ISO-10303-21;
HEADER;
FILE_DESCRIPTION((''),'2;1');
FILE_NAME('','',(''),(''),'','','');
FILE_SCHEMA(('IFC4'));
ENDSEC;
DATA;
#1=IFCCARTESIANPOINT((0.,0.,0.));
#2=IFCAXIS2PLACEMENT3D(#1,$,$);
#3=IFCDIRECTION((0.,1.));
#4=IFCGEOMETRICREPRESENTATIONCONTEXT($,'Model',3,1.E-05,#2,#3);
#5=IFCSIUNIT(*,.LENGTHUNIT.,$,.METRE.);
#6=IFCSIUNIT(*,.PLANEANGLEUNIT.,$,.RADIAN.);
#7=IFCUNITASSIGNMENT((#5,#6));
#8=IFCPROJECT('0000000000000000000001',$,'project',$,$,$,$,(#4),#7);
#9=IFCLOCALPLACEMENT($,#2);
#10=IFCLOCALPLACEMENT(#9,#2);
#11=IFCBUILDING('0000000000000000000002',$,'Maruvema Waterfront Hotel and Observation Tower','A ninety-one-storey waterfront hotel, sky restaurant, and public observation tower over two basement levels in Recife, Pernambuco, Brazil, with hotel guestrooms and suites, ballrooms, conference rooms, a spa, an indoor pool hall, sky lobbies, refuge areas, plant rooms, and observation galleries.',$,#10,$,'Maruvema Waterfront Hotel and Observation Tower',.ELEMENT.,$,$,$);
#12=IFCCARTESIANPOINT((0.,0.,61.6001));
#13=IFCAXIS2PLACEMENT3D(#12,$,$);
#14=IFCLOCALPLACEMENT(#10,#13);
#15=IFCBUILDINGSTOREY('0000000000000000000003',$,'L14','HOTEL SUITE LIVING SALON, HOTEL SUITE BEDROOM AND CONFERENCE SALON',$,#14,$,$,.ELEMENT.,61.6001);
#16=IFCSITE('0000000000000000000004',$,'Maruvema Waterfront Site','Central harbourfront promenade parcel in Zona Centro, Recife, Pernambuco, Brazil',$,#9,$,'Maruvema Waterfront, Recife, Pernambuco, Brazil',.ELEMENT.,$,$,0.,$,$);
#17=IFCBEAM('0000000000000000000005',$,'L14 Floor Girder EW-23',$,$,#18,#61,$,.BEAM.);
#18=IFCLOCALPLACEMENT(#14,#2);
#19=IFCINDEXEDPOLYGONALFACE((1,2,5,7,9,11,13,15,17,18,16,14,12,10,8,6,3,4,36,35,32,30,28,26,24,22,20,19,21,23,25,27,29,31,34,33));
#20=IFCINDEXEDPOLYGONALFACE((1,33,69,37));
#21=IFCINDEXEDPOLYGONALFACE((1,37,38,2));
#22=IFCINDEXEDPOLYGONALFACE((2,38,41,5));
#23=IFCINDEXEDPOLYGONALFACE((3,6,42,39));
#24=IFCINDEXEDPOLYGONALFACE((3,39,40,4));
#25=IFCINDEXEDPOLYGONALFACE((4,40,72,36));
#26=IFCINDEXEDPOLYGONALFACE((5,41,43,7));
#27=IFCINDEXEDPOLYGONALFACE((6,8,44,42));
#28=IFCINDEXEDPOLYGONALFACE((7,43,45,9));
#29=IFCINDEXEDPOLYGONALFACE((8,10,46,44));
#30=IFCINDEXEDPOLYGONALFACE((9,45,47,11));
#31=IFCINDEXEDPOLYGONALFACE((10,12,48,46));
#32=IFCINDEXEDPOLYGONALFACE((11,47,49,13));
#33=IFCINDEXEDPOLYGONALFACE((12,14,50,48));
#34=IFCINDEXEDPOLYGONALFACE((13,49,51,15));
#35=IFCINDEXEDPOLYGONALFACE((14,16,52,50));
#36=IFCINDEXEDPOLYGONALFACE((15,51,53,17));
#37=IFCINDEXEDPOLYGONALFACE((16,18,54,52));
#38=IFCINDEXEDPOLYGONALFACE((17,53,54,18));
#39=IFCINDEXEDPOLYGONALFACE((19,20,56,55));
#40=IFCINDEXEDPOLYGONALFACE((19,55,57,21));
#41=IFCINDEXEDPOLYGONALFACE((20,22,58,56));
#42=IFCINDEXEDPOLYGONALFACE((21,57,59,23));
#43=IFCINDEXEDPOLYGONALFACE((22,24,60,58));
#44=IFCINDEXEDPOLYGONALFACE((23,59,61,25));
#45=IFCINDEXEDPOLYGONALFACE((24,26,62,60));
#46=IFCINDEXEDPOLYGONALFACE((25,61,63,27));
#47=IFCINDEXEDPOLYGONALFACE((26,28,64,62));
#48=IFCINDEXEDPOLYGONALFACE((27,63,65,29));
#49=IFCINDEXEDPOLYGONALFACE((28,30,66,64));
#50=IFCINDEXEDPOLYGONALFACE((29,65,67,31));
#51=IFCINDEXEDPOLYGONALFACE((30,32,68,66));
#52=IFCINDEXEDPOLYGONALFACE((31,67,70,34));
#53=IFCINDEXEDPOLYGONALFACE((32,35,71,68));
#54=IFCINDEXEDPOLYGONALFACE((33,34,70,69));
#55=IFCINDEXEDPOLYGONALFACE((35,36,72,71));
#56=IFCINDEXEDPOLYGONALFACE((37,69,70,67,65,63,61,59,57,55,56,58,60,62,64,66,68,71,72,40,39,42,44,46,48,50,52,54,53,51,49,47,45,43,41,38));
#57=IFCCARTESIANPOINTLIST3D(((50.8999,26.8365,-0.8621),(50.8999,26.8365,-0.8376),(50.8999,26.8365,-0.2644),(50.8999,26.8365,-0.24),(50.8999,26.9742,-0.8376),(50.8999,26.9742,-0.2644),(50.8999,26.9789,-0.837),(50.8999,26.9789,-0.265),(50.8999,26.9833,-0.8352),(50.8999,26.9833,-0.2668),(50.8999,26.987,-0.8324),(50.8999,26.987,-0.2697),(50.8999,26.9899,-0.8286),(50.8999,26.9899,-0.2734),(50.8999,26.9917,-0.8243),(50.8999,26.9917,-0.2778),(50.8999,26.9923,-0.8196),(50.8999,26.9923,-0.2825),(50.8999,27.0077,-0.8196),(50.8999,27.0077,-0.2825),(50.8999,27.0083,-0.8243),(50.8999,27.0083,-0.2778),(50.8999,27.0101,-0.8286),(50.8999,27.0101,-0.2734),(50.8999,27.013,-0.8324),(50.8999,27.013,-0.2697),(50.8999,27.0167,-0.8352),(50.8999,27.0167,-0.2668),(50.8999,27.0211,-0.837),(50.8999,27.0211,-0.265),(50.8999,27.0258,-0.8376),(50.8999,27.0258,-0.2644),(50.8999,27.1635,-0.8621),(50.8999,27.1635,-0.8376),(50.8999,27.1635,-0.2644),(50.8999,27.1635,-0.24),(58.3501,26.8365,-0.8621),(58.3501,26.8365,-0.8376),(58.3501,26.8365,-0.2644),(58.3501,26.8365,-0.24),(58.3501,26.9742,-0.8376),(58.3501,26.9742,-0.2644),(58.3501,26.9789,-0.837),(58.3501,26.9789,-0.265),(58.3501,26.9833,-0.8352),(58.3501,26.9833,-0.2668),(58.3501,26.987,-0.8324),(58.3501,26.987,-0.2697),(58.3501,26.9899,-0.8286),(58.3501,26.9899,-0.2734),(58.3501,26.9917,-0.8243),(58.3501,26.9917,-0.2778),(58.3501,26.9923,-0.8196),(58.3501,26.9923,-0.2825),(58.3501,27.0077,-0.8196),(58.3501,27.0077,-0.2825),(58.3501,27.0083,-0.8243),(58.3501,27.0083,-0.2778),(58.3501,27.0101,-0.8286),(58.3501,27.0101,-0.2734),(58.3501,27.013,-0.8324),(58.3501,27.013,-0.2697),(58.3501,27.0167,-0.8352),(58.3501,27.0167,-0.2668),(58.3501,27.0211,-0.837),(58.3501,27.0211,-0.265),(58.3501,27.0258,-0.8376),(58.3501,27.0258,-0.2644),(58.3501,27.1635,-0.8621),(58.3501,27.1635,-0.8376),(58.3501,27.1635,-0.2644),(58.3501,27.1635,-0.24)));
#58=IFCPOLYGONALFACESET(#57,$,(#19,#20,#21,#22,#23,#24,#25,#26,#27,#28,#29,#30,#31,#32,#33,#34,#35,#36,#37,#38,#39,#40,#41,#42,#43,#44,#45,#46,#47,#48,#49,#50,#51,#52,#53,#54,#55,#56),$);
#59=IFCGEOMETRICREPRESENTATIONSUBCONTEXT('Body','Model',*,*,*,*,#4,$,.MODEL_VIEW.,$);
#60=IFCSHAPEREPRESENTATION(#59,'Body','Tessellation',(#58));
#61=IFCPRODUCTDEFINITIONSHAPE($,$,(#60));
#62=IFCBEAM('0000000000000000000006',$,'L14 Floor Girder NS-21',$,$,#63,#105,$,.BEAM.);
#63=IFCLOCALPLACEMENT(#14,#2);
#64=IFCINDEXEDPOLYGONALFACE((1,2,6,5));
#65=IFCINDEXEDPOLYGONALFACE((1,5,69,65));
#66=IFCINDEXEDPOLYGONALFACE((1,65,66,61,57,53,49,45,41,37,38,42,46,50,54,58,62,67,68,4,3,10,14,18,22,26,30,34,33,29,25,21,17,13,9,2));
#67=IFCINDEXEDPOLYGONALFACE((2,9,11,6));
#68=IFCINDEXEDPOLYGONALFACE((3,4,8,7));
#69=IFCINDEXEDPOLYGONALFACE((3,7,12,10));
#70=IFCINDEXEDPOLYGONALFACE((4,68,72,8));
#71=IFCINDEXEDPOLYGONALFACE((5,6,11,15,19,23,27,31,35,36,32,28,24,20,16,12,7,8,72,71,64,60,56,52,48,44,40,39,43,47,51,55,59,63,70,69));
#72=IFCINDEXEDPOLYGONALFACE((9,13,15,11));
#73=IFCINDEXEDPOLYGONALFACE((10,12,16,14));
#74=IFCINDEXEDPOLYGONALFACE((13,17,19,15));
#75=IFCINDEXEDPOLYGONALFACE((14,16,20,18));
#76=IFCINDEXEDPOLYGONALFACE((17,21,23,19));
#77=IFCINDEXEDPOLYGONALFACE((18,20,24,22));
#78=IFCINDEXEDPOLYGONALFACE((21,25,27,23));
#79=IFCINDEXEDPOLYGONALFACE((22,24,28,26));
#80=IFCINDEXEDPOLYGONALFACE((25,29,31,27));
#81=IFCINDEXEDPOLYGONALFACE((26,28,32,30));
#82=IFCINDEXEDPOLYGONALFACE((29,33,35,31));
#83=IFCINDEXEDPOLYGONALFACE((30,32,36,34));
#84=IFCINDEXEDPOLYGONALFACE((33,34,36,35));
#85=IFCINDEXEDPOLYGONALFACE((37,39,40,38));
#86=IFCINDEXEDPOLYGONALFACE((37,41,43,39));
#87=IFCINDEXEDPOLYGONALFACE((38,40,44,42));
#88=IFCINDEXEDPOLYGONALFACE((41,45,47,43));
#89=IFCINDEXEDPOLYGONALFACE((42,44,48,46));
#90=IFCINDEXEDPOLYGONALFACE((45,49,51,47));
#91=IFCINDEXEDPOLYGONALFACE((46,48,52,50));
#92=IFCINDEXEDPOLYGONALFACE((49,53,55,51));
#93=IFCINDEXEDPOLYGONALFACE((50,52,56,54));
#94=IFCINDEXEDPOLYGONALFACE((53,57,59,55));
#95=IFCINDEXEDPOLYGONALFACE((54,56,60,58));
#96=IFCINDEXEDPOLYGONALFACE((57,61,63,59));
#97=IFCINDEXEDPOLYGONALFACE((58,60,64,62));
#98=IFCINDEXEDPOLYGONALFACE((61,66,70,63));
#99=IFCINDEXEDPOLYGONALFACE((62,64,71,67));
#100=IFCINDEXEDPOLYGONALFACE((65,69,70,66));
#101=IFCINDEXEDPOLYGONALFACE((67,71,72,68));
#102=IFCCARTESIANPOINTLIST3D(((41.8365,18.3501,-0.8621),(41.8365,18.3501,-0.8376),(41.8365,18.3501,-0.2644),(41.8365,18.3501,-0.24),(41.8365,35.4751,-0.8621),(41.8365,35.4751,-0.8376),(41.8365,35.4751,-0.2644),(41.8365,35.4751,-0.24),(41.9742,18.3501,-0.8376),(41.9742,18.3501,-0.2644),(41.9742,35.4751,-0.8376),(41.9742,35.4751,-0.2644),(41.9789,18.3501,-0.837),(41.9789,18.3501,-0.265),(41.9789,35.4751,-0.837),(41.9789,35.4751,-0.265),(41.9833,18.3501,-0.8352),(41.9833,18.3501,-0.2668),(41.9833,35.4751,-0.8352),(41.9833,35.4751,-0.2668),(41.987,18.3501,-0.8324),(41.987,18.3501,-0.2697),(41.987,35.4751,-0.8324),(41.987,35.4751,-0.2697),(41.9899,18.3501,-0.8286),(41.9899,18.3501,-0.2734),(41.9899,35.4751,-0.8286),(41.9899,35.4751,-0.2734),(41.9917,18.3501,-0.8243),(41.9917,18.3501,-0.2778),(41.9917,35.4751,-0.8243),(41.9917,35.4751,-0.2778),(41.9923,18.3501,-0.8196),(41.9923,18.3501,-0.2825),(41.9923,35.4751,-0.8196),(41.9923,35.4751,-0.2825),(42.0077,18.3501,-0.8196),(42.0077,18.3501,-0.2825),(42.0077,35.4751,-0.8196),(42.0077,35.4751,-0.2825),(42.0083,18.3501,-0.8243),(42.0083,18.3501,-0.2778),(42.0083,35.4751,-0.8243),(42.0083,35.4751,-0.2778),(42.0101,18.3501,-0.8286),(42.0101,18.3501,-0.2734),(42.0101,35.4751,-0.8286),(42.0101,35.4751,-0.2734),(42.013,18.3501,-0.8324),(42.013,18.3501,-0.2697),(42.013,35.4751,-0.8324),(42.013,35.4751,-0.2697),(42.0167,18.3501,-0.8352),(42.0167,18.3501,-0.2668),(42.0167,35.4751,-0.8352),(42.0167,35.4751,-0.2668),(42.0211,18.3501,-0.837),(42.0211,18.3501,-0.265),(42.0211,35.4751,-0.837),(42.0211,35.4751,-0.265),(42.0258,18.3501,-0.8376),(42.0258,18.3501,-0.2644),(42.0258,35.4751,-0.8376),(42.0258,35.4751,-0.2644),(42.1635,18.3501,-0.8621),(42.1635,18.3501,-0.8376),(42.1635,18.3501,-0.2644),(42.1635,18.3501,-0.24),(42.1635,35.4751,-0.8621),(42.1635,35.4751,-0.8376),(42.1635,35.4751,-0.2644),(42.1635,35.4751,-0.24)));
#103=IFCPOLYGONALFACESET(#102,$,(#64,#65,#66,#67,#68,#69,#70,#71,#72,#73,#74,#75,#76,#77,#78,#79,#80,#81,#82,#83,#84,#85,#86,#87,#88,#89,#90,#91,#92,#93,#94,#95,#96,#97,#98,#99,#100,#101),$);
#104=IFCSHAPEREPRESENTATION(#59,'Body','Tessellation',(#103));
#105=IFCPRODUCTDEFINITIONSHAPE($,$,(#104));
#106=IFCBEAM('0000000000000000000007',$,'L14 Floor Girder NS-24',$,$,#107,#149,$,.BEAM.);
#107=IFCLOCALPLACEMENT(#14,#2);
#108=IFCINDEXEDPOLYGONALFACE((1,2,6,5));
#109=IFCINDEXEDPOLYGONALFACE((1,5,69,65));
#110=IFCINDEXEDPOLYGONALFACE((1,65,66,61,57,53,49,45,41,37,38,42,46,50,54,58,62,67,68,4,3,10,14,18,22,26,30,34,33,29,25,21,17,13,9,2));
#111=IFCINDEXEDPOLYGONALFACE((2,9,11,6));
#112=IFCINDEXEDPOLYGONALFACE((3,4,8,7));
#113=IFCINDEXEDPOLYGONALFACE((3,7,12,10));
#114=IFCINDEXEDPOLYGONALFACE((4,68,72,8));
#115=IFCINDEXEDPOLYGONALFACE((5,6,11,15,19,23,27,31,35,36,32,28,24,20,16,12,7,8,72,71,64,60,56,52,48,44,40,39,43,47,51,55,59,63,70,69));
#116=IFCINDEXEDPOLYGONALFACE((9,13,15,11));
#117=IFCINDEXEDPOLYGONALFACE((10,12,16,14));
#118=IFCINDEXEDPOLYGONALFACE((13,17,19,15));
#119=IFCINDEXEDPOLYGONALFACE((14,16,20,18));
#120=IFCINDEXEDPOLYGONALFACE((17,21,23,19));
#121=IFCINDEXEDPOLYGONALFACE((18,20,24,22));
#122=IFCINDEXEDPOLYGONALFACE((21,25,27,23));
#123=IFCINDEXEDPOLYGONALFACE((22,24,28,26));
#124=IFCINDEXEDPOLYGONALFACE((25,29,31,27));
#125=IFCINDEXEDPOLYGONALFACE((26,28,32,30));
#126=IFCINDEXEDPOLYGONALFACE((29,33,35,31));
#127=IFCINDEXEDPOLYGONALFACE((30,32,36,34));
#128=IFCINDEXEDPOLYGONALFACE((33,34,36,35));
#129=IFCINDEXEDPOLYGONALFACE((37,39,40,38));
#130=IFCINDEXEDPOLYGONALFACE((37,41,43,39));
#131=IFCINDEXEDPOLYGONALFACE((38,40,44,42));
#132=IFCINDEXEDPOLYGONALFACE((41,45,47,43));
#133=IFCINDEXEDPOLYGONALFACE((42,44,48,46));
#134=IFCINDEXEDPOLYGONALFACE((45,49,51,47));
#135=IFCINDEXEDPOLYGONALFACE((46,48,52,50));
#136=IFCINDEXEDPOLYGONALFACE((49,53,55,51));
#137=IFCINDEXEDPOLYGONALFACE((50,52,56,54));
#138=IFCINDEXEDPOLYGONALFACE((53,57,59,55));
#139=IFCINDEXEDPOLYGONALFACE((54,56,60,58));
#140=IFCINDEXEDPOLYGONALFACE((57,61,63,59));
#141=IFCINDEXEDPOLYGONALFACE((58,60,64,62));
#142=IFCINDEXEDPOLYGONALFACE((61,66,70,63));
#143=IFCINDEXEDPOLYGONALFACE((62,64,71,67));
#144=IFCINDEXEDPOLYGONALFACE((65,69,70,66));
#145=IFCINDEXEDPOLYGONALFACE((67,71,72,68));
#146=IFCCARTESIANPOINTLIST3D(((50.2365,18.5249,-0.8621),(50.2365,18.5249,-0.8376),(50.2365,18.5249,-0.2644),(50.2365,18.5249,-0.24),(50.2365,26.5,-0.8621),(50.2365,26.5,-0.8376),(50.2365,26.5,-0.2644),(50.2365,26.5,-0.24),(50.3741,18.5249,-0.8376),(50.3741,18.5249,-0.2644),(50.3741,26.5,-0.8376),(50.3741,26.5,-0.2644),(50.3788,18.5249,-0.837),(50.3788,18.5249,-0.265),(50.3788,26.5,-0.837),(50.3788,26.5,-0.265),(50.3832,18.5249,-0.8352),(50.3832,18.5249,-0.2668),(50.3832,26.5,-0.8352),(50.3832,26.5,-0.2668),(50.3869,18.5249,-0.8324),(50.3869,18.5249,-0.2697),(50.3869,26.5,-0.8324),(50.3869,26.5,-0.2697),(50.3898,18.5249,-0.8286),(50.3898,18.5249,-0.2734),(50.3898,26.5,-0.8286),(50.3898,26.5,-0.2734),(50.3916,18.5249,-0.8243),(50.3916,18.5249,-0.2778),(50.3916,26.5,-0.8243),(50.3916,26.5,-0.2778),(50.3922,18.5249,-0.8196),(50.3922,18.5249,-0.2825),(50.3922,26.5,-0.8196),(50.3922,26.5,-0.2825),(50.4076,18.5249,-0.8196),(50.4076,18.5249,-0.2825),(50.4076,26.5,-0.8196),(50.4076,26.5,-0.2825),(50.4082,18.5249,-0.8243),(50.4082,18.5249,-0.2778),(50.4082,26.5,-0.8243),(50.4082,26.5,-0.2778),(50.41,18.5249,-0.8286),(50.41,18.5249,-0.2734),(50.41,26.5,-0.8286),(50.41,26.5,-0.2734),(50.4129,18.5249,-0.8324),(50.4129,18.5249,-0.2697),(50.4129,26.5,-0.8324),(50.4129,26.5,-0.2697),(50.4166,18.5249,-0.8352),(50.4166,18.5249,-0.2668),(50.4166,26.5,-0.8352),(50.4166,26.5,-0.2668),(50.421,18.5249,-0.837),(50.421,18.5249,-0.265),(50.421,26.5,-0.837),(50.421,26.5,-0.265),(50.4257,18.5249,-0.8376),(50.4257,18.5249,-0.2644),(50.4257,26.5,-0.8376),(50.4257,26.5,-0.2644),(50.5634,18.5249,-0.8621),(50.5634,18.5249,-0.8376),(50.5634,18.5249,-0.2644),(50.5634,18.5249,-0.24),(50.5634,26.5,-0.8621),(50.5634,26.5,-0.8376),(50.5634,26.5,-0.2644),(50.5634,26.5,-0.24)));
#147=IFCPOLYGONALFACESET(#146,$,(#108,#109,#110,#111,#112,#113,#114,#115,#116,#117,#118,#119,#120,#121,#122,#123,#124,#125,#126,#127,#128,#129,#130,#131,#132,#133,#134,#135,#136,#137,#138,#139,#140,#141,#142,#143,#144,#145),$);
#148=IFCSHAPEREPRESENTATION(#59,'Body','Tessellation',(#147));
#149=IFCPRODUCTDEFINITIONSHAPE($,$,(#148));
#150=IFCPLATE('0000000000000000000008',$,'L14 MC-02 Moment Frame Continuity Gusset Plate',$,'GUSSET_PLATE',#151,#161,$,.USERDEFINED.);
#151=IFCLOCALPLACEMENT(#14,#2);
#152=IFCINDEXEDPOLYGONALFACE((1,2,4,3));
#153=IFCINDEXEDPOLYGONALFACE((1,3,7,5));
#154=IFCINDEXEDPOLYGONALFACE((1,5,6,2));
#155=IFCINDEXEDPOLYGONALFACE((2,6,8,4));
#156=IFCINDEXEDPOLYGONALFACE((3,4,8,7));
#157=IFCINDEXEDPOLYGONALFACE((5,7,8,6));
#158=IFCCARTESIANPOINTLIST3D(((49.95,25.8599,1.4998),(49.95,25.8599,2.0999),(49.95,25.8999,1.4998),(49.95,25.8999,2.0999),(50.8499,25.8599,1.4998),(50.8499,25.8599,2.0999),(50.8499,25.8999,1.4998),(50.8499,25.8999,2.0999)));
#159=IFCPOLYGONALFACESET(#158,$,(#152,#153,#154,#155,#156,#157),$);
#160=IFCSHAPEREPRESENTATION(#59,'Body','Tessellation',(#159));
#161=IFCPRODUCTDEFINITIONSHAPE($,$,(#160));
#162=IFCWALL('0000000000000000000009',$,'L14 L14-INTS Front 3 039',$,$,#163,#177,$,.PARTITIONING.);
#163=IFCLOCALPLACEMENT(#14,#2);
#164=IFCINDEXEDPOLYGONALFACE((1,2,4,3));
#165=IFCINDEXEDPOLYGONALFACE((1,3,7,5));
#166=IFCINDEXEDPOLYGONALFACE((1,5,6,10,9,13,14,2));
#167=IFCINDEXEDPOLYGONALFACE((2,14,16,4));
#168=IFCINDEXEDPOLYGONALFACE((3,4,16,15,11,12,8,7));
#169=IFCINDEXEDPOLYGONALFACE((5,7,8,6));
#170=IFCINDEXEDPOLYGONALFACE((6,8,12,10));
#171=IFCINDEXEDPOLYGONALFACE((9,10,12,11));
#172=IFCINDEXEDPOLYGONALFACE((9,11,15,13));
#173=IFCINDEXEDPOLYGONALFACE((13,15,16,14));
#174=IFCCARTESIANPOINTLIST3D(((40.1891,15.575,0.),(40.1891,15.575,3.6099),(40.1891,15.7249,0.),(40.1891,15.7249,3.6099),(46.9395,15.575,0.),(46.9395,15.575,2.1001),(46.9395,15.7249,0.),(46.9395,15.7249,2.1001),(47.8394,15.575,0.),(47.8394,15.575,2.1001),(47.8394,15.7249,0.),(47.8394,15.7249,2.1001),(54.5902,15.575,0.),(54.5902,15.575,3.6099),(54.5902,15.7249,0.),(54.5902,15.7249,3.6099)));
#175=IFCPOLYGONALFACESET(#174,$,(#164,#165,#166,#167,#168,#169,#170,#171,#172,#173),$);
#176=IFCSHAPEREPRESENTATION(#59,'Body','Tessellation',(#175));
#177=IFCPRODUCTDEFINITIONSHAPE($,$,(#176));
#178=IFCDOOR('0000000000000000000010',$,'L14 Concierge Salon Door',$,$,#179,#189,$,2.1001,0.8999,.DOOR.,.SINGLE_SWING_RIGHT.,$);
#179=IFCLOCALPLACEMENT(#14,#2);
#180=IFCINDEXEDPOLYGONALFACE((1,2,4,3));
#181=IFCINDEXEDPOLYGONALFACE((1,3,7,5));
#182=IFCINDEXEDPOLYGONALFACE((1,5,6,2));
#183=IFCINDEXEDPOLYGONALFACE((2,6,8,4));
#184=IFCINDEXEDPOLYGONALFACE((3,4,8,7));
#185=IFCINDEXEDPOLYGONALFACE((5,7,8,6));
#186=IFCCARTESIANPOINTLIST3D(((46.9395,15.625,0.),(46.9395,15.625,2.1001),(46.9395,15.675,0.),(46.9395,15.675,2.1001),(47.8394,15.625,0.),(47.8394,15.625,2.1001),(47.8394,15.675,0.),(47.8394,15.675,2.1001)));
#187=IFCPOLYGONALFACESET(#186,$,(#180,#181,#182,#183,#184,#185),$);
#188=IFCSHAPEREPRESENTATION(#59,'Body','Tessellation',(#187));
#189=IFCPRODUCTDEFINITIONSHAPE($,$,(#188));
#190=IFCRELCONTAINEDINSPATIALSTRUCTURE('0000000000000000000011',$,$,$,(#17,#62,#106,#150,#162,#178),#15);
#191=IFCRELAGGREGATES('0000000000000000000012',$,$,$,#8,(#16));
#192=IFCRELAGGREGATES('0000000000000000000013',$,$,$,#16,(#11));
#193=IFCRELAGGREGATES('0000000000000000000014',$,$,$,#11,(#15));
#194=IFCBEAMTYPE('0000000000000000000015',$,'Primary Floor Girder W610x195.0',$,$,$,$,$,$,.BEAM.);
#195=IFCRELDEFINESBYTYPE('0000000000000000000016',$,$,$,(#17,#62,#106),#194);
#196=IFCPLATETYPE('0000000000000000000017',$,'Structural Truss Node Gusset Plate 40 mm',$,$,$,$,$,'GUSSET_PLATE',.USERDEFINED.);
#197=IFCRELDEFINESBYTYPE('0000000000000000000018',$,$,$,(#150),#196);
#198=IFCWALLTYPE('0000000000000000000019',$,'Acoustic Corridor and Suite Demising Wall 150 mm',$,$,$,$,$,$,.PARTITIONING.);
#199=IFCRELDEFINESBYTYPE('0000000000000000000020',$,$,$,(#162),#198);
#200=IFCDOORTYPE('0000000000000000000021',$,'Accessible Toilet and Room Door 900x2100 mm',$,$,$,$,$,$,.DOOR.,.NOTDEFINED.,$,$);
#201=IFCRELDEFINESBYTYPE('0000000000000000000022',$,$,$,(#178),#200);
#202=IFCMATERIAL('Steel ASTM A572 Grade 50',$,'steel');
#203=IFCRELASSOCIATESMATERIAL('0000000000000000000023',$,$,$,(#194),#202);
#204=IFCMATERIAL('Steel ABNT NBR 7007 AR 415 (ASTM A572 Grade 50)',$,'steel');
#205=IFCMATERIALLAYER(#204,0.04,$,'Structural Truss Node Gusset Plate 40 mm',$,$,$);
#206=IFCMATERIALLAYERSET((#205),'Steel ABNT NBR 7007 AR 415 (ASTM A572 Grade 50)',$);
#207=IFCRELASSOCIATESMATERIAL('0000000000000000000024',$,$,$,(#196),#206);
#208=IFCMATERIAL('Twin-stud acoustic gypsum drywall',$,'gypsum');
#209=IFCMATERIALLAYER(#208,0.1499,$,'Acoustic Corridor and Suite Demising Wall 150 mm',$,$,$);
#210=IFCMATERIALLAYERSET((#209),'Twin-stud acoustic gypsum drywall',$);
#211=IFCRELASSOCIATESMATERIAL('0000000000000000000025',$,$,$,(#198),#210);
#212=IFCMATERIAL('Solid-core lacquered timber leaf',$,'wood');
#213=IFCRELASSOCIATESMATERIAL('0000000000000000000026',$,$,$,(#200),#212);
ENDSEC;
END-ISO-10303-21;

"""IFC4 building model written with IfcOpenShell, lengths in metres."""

from ifc_helpers import new_model, si_unit, direction, frame, frame_2d, origin, origin_2d, place, context, subcontext, project, spatial, rectangle, i_section, extrude, material, layer, layer_set, material_profile, profile_set, type_object, element, fill, save


model = new_model("IFC4")

# Units and contexts
model_context = context("Model", 3, precision=1e-05, world=origin(), true_north=direction((0.0, 1.0)))
body_context = subcontext(model_context, "Body", "Model", "MODEL_VIEW")
ifc_project = project(units=[si_unit("LENGTHUNIT", "METRE"), si_unit("PLANEANGLEUNIT", "RADIAN")], contexts=[model_context])

# Site, building, storey
site_placement = place(None, origin())
site = spatial("IfcSite", under=ifc_project, at=site_placement, Name="Maruvema Waterfront Site", Description="Central harbourfront promenade parcel in Zona Centro, Recife, Pernambuco, Brazil", LongName="Maruvema Waterfront, Recife, Pernambuco, Brazil", CompositionType="ELEMENT", RefElevation=0.0)
building_placement = place(site_placement, origin())
building = spatial("IfcBuilding", under=site, at=building_placement, Name="Maruvema Waterfront Hotel and Observation Tower", Description="A ninety-one-storey waterfront hotel, sky restaurant, and public observation tower over two basement levels in Recife, Pernambuco, Brazil, with hotel guestrooms and suites, ballrooms, conference rooms, a spa, an indoor pool hall, sky lobbies, refuge areas, plant rooms, and observation galleries.", LongName="Maruvema Waterfront Hotel and Observation Tower", CompositionType="ELEMENT")
storey_placement = place(building_placement, frame((0.0, 0.0, 61.6001)))
storey = spatial("IfcBuildingStorey", under=building, at=storey_placement, Name="L14", Description="HOTEL SUITE LIVING SALON, HOTEL SUITE BEDROOM AND CONFERENCE SALON", CompositionType="ELEMENT", Elevation=61.6001)

# Beams
ifc_material_1 = material(Name="Steel ASTM A572 Grade 50", Category="steel")
ifc_material_profile_1 = material_profile(ifc_material_1, i_section(OverallWidth=0.3269, OverallDepth=0.6221, WebThickness=0.0154, FlangeThickness=0.0244, FilletRadius=0.0181, at=origin_2d()), Name="W610x195.0")
ifc_profile_set_1 = profile_set([ifc_material_profile_1], Name="Steel ASTM A572 Grade 50")
beam_type = type_object("IfcBeamType", Name="Primary Floor Girder W610x195.0", PredefinedType="BEAM", material=ifc_profile_set_1)
beam_1_placement = place(storey_placement, frame((50.8999, 27.0, -0.551), z_axis=(1.0, 0.0, 0.0), x_axis=(0.0, 1.0, 0.0)))
element("IfcBeam", 1, at=beam_1_placement, inside=storey, type_object=beam_type, Name="L14 Floor Girder EW-23", PredefinedType="BEAM", context=body_context, shape_type="SweptSolid", body=[
    extrude(i_section(OverallWidth=0.3269, OverallDepth=0.6221, WebThickness=0.0154, FlangeThickness=0.0244, FilletRadius=0.0181, at=origin_2d()), origin(), (0.0, 0.0, 1.0), 7.4502),
])
beam_2_placement = place(storey_placement, frame((42.0, 18.3501, -0.551), z_axis=(0.0, 1.0, 0.0), x_axis=(-1.0, 0.0, 0.0)))
element("IfcBeam", 2, at=beam_2_placement, inside=storey, type_object=beam_type, Name="L14 Floor Girder NS-21", PredefinedType="BEAM", context=body_context, shape_type="SweptSolid", body=[
    extrude(i_section(OverallWidth=0.3269, OverallDepth=0.6221, WebThickness=0.0154, FlangeThickness=0.0244, FilletRadius=0.0181, at=origin_2d()), origin(), (0.0, 0.0, 1.0), 17.125),
])
beam_3_placement = place(storey_placement, frame((50.3999, 18.5249, -0.551), z_axis=(0.0, 1.0, 0.0), x_axis=(-1.0, 0.0, 0.0)))
element("IfcBeam", 3, at=beam_3_placement, inside=storey, type_object=beam_type, Name="L14 Floor Girder NS-24", PredefinedType="BEAM", context=body_context, shape_type="SweptSolid", body=[
    extrude(i_section(OverallWidth=0.3269, OverallDepth=0.6221, WebThickness=0.0154, FlangeThickness=0.0244, FilletRadius=0.0181, at=origin_2d()), origin(), (0.0, 0.0, 1.0), 7.9751),
])

# Plate
ifc_material_2 = material(Name="Steel ABNT NBR 7007 AR 415 (ASTM A572 Grade 50)", Category="steel")
ifc_layer_1 = layer(ifc_material_2, 0.04, Name="Structural Truss Node Gusset Plate 40 mm")
ifc_layer_set_1 = layer_set([ifc_layer_1], Name="Steel ABNT NBR 7007 AR 415 (ASTM A572 Grade 50)")
plate_type = type_object("IfcPlateType", Name="Structural Truss Node Gusset Plate 40 mm", ElementType="GUSSET_PLATE", PredefinedType="USERDEFINED", material=ifc_layer_set_1)
plate_placement = place(storey_placement, frame((50.3999, 25.8799, 1.4998), z_axis=(0.0, 0.0, 1.0), x_axis=(1.0, 0.0, 0.0)))
element("IfcPlate", 4, at=plate_placement, inside=storey, type_object=plate_type, Name="L14 MC-02 Moment Frame Continuity Gusset Plate", ObjectType="GUSSET_PLATE", PredefinedType="USERDEFINED", context=body_context, shape_type="SweptSolid", body=[
    extrude(rectangle(XDim=0.8999, YDim=0.04, at=origin_2d()), origin(), (0.0, 0.0, 1.0), 0.6001),
])

# Wall, opening, door
ifc_material_3 = material(Name="Twin-stud acoustic gypsum drywall", Category="gypsum")
ifc_layer_2 = layer(ifc_material_3, 0.1499, Name="Acoustic Corridor and Suite Demising Wall 150 mm")
ifc_layer_set_2 = layer_set([ifc_layer_2], Name="Twin-stud acoustic gypsum drywall")
wall_type_1 = type_object("IfcWallType", Name="Acoustic Corridor and Suite Demising Wall 150 mm", PredefinedType="PARTITIONING", material=ifc_layer_set_2)
wall_1_placement = place(storey_placement, frame((40.189, 15.6499, 0.0), z_axis=(0.0, 0.0, 1.0), x_axis=(1.0, 0.0, 0.0)))
wall_1 = element("IfcWall", 5, at=wall_1_placement, inside=storey, type_object=wall_type_1, Name="L14 L14-INTS Front 3 039", PredefinedType="PARTITIONING", context=body_context, shape_type="SweptSolid", body=[
    extrude(rectangle(XDim=14.4011, YDim=0.1499, at=frame_2d((7.2007, 0.0))), origin(), (0.0, 0.0, 1.0), 3.6099),
])
opening_1_placement = place(wall_1_placement, frame((6.7505, 0.0, 0.0)))
opening_1 = element("IfcOpeningElement", 6, at=opening_1_placement, cuts=wall_1, PredefinedType="OPENING", context=body_context, shape_type="SweptSolid", body=[
    extrude(rectangle(XDim=0.8999, YDim=2.1001, at=frame_2d((0.45, 1.05))), frame((0.0, 0.085, 0.0), z_axis=(0.0, -1.0, 0.0), x_axis=(1.0, 0.0, 0.0)), (0.0, 0.0, 1.0), 0.1699),
])
ifc_material_4 = material(Name="Solid-core lacquered timber leaf", Category="wood")
door_type_1 = type_object("IfcDoorType", Name="Accessible Toilet and Room Door 900x2100 mm", OperationType="NOTDEFINED", PredefinedType="DOOR", material=ifc_material_4)
door_1_placement = place(opening_1_placement, frame((0.8999, 0.0, 0.0), z_axis=(0.0, 0.0, 1.0), x_axis=(-1.0, 0.0, 0.0)))
door_1 = element("IfcDoor", 7, at=door_1_placement, inside=storey, type_object=door_type_1, Name="L14 Concierge Salon Door", OperationType="SINGLE_SWING_RIGHT", OverallHeight=2.1001, OverallWidth=0.8999, PredefinedType="DOOR", context=body_context, shape_type="SweptSolid", body=[
    extrude(rectangle(XDim=0.8999, YDim=2.1001, at=frame_2d((0.45, 1.05))), frame((0.0, 0.0249, 0.0), z_axis=(0.0, -1.0, 0.0), x_axis=(1.0, 0.0, 0.0)), (0.0, 0.0, 1.0), 0.05),
])
fill(opening_1, door_1)

save(model, "model.ifc")
